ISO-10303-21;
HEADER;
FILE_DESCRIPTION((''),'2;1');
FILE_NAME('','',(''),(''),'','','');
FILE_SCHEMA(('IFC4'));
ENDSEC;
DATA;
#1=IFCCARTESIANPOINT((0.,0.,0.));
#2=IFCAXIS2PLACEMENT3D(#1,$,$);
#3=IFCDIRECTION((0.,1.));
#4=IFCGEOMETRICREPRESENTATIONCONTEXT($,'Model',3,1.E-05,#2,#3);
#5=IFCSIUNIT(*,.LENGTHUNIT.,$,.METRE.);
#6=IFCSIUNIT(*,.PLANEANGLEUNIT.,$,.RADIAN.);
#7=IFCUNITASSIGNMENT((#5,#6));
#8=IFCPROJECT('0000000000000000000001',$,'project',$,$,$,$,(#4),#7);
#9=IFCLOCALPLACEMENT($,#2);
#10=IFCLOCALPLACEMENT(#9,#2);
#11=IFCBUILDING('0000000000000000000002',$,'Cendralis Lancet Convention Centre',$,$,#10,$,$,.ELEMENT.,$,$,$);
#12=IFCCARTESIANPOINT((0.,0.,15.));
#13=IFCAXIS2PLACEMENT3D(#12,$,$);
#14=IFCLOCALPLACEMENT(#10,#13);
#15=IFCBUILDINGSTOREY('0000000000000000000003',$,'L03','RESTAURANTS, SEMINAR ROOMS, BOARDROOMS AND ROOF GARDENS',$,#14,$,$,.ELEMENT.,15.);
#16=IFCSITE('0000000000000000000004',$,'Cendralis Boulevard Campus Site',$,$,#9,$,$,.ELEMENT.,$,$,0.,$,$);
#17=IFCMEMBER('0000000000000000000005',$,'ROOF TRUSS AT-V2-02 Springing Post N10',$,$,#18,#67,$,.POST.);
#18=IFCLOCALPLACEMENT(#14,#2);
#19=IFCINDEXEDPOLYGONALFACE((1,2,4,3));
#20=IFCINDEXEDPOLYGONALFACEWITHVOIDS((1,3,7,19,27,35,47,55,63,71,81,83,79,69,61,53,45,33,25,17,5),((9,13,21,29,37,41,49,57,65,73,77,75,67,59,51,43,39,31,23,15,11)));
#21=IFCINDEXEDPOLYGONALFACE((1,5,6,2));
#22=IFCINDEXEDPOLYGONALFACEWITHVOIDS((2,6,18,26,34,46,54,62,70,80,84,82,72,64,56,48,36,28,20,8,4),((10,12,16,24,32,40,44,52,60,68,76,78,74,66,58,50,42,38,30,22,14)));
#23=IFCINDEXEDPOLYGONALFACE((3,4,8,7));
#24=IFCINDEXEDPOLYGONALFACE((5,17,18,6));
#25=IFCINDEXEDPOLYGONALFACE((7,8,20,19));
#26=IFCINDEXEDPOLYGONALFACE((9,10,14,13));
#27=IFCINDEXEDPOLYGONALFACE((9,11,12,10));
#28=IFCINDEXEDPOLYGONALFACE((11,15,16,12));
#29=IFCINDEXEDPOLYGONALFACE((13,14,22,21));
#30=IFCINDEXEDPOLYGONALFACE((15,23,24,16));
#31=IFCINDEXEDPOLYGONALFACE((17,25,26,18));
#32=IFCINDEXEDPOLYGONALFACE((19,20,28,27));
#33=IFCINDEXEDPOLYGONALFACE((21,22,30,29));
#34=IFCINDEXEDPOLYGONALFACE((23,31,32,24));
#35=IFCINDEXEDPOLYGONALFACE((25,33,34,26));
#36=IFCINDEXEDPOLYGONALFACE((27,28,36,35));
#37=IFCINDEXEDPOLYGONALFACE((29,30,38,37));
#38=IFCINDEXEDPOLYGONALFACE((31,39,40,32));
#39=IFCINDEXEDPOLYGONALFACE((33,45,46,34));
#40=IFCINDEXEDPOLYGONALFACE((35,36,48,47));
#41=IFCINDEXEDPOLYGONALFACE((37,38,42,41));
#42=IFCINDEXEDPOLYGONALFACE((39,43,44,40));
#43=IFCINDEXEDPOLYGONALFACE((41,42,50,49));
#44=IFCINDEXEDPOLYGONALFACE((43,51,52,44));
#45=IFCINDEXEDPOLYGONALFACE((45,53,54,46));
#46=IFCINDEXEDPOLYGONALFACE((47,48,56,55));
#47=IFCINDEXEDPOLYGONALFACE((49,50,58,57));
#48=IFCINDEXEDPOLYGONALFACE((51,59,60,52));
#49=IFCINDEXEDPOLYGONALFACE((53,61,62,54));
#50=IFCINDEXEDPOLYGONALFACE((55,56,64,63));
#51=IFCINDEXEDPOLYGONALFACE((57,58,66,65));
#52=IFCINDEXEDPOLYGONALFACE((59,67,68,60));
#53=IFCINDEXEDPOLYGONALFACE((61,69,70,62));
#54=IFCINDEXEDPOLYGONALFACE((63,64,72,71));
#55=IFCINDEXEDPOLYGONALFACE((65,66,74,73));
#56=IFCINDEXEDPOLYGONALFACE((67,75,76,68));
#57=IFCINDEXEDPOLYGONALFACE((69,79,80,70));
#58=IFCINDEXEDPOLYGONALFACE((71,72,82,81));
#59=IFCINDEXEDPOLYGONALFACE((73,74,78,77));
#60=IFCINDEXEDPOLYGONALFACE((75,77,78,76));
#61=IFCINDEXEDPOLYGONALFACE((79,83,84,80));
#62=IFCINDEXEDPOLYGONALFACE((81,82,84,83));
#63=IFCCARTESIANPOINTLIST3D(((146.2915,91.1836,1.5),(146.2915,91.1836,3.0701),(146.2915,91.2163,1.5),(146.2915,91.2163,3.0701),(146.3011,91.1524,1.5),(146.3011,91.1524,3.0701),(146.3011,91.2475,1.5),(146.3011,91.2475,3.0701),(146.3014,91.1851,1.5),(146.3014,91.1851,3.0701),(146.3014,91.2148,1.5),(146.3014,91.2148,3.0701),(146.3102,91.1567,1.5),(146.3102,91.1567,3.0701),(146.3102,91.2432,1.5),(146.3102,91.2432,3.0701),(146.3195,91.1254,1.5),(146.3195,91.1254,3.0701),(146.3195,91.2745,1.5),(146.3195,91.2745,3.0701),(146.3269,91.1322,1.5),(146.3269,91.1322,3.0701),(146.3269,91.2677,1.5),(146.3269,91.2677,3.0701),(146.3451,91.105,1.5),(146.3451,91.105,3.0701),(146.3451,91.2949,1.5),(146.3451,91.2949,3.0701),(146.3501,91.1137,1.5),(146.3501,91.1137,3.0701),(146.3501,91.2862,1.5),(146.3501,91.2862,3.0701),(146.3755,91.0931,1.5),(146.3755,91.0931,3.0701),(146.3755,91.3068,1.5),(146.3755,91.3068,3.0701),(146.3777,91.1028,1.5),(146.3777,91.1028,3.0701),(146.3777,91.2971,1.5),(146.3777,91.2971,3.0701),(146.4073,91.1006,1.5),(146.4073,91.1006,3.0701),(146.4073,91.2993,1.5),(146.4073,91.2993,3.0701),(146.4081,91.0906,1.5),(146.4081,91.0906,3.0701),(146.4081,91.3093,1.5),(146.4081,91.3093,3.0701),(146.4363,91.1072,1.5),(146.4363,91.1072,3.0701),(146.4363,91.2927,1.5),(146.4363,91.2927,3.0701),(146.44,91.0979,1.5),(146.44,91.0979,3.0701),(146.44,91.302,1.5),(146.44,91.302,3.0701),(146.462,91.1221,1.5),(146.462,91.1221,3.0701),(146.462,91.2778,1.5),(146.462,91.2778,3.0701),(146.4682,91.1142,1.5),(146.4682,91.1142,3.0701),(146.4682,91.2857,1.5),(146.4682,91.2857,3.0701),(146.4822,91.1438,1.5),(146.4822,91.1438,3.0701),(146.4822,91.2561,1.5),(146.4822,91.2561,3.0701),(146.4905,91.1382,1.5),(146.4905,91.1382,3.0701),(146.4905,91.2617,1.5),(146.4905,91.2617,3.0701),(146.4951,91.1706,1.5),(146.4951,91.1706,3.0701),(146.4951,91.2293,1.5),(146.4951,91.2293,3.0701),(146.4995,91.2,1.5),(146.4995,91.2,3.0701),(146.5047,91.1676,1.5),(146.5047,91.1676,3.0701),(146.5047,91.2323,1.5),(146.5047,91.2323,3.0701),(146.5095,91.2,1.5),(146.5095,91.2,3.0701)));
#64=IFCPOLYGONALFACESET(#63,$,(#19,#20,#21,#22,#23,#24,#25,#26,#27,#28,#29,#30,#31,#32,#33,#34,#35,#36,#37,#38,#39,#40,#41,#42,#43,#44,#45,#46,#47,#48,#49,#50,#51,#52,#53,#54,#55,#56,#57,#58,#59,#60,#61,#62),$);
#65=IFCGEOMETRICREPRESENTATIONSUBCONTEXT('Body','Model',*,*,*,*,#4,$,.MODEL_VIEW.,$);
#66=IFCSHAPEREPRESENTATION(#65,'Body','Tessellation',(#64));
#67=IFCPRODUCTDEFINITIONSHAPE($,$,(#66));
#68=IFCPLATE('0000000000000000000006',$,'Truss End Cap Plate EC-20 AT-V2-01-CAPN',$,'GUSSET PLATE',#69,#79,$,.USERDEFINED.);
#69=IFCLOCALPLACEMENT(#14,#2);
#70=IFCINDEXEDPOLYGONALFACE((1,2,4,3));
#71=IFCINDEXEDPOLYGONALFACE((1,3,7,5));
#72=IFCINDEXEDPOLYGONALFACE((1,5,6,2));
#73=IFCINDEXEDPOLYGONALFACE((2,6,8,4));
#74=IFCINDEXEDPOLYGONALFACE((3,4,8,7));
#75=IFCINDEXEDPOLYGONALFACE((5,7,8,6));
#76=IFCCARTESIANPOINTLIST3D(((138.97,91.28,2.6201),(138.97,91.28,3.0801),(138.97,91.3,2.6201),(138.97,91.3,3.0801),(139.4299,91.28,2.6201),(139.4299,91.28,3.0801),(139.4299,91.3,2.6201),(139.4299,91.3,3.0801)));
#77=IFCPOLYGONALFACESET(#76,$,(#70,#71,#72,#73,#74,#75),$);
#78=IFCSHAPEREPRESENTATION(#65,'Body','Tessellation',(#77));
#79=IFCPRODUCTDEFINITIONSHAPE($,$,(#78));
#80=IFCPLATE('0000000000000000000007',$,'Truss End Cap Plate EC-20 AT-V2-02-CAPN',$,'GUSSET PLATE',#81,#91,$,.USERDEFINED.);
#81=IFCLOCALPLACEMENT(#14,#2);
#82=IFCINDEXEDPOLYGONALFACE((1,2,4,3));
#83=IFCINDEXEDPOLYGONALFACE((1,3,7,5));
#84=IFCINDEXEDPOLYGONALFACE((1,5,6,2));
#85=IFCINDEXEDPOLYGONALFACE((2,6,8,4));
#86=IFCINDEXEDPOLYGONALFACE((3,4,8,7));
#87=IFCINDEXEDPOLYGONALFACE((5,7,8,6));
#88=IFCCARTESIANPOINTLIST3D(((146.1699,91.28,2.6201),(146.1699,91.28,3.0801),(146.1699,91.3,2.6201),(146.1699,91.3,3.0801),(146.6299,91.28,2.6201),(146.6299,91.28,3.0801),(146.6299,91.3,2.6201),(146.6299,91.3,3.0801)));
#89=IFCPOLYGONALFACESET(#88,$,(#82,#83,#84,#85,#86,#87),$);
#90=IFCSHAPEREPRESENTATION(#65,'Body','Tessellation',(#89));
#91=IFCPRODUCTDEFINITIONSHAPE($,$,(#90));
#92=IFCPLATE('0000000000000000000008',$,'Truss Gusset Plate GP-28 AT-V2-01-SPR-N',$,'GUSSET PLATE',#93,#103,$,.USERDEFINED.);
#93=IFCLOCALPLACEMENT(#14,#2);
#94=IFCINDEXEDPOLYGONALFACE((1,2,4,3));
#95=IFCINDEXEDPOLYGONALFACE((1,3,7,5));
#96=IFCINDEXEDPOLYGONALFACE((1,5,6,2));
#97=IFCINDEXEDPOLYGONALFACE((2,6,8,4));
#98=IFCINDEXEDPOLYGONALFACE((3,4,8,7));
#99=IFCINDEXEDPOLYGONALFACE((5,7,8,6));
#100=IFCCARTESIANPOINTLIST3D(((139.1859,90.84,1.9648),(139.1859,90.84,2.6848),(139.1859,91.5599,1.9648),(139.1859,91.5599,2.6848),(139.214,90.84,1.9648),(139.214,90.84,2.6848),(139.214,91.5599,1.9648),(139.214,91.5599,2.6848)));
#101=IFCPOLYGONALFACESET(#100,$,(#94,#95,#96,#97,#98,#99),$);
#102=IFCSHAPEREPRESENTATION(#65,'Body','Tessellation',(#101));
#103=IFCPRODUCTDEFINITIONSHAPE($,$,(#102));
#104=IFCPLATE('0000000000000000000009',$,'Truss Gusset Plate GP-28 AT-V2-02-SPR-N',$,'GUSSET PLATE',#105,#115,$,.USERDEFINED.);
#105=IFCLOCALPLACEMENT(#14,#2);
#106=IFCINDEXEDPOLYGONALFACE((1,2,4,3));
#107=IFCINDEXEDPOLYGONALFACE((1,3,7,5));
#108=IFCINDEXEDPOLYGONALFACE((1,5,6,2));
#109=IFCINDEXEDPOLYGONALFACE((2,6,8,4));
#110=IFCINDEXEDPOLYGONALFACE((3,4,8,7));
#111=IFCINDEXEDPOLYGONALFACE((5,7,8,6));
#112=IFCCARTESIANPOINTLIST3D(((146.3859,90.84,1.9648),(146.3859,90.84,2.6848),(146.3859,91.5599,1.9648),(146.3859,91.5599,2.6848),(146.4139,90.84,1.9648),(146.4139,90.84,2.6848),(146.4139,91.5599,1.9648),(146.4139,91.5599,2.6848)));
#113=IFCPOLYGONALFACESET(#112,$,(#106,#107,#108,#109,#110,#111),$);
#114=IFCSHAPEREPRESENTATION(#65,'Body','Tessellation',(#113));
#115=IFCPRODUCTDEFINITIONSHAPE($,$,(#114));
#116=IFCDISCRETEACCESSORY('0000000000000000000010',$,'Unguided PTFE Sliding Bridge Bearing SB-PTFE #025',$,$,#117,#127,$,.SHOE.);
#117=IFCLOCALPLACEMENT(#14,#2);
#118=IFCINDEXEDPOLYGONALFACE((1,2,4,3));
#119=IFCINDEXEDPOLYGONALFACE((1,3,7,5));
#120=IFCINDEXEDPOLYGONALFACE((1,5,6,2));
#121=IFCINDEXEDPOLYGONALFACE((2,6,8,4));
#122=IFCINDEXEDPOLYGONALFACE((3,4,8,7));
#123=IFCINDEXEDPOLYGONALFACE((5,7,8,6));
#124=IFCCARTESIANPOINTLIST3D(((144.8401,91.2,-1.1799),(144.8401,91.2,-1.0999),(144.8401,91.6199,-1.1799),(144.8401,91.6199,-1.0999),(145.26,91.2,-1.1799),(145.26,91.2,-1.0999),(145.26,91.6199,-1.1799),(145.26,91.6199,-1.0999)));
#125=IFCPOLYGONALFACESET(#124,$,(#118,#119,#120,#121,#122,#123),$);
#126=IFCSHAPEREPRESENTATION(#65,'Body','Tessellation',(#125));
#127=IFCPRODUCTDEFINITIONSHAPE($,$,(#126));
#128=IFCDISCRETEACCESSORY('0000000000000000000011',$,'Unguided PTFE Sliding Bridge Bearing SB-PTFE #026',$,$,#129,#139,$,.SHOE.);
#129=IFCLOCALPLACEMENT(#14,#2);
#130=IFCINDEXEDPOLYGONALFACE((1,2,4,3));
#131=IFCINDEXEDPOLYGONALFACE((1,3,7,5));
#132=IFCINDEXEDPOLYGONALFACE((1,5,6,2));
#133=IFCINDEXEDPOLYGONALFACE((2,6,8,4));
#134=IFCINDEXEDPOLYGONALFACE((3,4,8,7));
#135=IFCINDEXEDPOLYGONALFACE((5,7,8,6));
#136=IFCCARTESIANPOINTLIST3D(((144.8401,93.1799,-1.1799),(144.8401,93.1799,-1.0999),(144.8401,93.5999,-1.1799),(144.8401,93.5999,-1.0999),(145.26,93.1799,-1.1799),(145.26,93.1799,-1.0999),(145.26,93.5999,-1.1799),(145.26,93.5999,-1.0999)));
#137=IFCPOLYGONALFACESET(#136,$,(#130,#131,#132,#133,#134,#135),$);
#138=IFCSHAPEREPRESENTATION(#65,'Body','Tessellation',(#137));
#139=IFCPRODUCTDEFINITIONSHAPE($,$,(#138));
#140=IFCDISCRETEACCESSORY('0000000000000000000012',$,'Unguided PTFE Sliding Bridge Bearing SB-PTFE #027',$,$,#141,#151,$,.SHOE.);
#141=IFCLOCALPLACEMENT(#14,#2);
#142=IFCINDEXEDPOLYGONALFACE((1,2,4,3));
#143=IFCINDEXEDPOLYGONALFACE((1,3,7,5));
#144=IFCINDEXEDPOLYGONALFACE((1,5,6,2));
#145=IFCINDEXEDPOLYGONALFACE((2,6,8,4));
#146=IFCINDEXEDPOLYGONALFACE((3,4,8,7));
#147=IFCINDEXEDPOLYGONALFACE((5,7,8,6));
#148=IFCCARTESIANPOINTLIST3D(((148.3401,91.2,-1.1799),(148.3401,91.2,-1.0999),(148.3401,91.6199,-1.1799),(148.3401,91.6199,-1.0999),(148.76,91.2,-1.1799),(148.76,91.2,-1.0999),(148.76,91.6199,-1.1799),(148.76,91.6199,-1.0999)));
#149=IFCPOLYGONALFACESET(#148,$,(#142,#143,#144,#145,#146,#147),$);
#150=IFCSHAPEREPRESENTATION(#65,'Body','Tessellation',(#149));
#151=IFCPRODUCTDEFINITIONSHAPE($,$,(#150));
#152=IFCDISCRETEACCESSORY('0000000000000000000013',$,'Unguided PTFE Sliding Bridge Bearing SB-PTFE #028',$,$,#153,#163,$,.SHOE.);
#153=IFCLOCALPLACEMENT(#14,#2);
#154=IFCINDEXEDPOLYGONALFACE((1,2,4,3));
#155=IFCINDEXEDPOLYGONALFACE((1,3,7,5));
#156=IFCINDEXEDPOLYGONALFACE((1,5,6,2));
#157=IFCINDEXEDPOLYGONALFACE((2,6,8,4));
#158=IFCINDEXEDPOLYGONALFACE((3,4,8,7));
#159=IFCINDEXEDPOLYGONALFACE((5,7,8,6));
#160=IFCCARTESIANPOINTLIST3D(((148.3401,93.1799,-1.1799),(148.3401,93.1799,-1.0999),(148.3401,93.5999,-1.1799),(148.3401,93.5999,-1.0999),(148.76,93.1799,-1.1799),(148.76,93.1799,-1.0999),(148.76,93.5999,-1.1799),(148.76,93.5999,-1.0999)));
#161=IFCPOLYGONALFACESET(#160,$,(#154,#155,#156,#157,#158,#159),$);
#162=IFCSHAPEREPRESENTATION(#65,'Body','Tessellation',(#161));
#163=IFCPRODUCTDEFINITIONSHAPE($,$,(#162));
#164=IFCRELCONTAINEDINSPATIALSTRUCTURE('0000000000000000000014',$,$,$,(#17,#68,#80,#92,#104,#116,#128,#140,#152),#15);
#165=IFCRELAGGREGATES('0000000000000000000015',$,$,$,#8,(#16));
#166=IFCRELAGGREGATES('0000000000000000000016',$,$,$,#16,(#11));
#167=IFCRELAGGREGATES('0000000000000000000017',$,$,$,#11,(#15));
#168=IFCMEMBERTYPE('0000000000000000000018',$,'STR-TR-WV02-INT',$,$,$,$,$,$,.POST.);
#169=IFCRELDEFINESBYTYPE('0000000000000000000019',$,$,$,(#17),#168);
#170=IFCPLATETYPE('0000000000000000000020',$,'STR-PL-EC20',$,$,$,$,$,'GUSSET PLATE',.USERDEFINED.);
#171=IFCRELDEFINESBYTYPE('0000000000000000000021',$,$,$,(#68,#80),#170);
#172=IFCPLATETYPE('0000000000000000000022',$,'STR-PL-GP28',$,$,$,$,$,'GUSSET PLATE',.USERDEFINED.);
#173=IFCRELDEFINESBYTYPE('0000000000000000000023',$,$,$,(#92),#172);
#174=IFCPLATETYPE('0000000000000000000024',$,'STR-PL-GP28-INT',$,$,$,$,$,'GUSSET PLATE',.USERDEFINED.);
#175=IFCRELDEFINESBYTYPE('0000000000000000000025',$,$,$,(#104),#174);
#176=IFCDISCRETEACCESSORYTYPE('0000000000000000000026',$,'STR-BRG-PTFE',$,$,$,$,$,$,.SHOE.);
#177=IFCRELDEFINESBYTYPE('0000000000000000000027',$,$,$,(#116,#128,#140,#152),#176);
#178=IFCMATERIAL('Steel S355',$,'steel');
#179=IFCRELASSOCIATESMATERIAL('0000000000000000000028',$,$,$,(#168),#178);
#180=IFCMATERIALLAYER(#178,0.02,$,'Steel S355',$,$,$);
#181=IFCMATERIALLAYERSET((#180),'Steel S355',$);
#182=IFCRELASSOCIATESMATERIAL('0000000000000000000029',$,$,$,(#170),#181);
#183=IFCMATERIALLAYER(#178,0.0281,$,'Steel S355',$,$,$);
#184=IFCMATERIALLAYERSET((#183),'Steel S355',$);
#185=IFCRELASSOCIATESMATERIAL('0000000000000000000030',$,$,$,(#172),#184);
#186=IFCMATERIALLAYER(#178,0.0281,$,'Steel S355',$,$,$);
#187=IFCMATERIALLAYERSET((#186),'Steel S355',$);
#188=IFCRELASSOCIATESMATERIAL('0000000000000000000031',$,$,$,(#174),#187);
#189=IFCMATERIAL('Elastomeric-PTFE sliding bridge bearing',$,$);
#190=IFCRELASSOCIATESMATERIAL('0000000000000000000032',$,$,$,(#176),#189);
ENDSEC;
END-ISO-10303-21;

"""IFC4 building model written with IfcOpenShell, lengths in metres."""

from ifc_helpers import new_model, si_unit, direction, frame, origin, origin_2d, place, context, subcontext, project, spatial, rectangle, hollow_circle, extrude, material, layer, layer_set, material_profile, profile_set, type_object, element, save


model = new_model("IFC4")

# Units and contexts
model_context = context("Model", 3, precision=1e-05, world=origin(), true_north=direction((0.0, 1.0)))
body_context = subcontext(model_context, "Body", "Model", "MODEL_VIEW")
ifc_project = project(units=[si_unit("LENGTHUNIT", "METRE"), si_unit("PLANEANGLEUNIT", "RADIAN")], contexts=[model_context])

# Site, building, storey
site_placement = place(None, origin())
site = spatial("IfcSite", under=ifc_project, at=site_placement, Name="Cendralis Boulevard Campus Site", CompositionType="ELEMENT", RefElevation=0.0)
building_placement = place(site_placement, origin())
building = spatial("IfcBuilding", under=site, at=building_placement, Name="Cendralis Lancet Convention Centre", CompositionType="ELEMENT")
storey_placement = place(building_placement, frame((0.0, 0.0, 15.0)))
storey = spatial("IfcBuildingStorey", under=building, at=storey_placement, Name="L03", Description="RESTAURANTS, SEMINAR ROOMS, BOARDROOMS AND ROOF GARDENS", CompositionType="ELEMENT", Elevation=15.0)

# Shared definitions
ifc_material_1 = material(Name="Steel S355", Category="steel")

# Member
ifc_material_profile_1 = material_profile(ifc_material_1, hollow_circle(Radius=0.1096, WallThickness=0.01, at=origin_2d()), Name="CHS 219.1x10.0")
ifc_profile_set_1 = profile_set([ifc_material_profile_1], Name="Steel S355")
member_type_1 = type_object("IfcMemberType", Name="STR-TR-WV02-INT", PredefinedType="POST", material=ifc_profile_set_1)
member_1_placement = place(storey_placement, frame((146.3999, 91.2, 1.5), z_axis=(0.0, 0.0, 1.0), x_axis=(1.0, 0.0, 0.0)))
element("IfcMember", 1, at=member_1_placement, inside=storey, type_object=member_type_1, Name="ROOF TRUSS AT-V2-02 Springing Post N10", PredefinedType="POST", context=body_context, shape_type="SweptSolid", body=[
    extrude(hollow_circle(Radius=0.1096, WallThickness=0.01, at=origin_2d()), origin(), (0.0, 0.0, 1.0), 1.5701),
])

# Plates
ifc_layer_1 = layer(ifc_material_1, 0.02, Name="Steel S355")
ifc_layer_set_1 = layer_set([ifc_layer_1], Name="Steel S355")
plate_type_1 = type_object("IfcPlateType", Name="STR-PL-EC20", ElementType="GUSSET PLATE", PredefinedType="USERDEFINED", material=ifc_layer_set_1)
for number, where, z_axis, x_axis, name in (
    (2, (139.2, 91.29, 2.6201), (0.0, 0.0, 1.0), (1.0, 0.0, 0.0), "Truss End Cap Plate EC-20 AT-V2-01-CAPN"),
    (3, (146.3999, 91.29, 2.6201), (0.0, 0.0, 1.0), (1.0, 0.0, 0.0), "Truss End Cap Plate EC-20 AT-V2-02-CAPN"),
):
    element("IfcPlate", number, at=place(storey_placement, frame(where, z_axis=z_axis, x_axis=x_axis)), inside=storey, type_object=plate_type_1, Name=name, ObjectType="GUSSET PLATE", PredefinedType="USERDEFINED", context=body_context, shape_type="SweptSolid", body=[
        extrude(rectangle(XDim=0.46, YDim=0.02, at=origin_2d()), origin(), (0.0, 0.0, 1.0), 0.46),
    ])
ifc_layer_2 = layer(ifc_material_1, 0.0281, Name="Steel S355")
ifc_layer_set_2 = layer_set([ifc_layer_2], Name="Steel S355")
plate_type_2 = type_object("IfcPlateType", Name="STR-PL-GP28", ElementType="GUSSET PLATE", PredefinedType="USERDEFINED", material=ifc_layer_set_2)
plate_1_placement = place(storey_placement, frame((139.2, 91.2, 1.9648), z_axis=(0.0, 0.0, 1.0), x_axis=(0.0, 1.0, 0.0)))
element("IfcPlate", 4, at=plate_1_placement, inside=storey, type_object=plate_type_2, Name="Truss Gusset Plate GP-28 AT-V2-01-SPR-N", ObjectType="GUSSET PLATE", PredefinedType="USERDEFINED", context=body_context, shape_type="SweptSolid", body=[
    extrude(rectangle(XDim=0.72, YDim=0.0281, at=origin_2d()), origin(), (0.0, 0.0, 1.0), 0.72),
])
ifc_layer_3 = layer(ifc_material_1, 0.0281, Name="Steel S355")
ifc_layer_set_3 = layer_set([ifc_layer_3], Name="Steel S355")
plate_type_3 = type_object("IfcPlateType", Name="STR-PL-GP28-INT", ElementType="GUSSET PLATE", PredefinedType="USERDEFINED", material=ifc_layer_set_3)
plate_2_placement = place(storey_placement, frame((146.3999, 91.2, 1.9648), z_axis=(0.0, 0.0, 1.0), x_axis=(0.0, 1.0, 0.0)))
element("IfcPlate", 5, at=plate_2_placement, inside=storey, type_object=plate_type_3, Name="Truss Gusset Plate GP-28 AT-V2-02-SPR-N", ObjectType="GUSSET PLATE", PredefinedType="USERDEFINED", context=body_context, shape_type="SweptSolid", body=[
    extrude(rectangle(XDim=0.72, YDim=0.0281, at=origin_2d()), origin(), (0.0, 0.0, 1.0), 0.72),
])

# Discrete accessories
ifc_material_2 = material(Name="Elastomeric-PTFE sliding bridge bearing")
discrete_accessory_type = type_object("IfcDiscreteAccessoryType", Name="STR-BRG-PTFE", PredefinedType="SHOE", material=ifc_material_2)
for number, where, z_axis, x_axis, name in (
    (6, (145.05, 91.4099, -1.1799), (0.0, 0.0, 1.0), (1.0, 0.0, 0.0), "Unguided PTFE Sliding Bridge Bearing SB-PTFE #025"),
    (7, (145.05, 93.3899, -1.1799), (0.0, 0.0, 1.0), (1.0, 0.0, 0.0), "Unguided PTFE Sliding Bridge Bearing SB-PTFE #026"),
    (8, (148.55, 91.4099, -1.1799), (0.0, 0.0, 1.0), (1.0, 0.0, 0.0), "Unguided PTFE Sliding Bridge Bearing SB-PTFE #027"),
    (9, (148.55, 93.3899, -1.1799), (0.0, 0.0, 1.0), (1.0, 0.0, 0.0), "Unguided PTFE Sliding Bridge Bearing SB-PTFE #028"),
):
    element("IfcDiscreteAccessory", number, at=place(storey_placement, frame(where, z_axis=z_axis, x_axis=x_axis)), inside=storey, type_object=discrete_accessory_type, Name=name, PredefinedType="SHOE", context=body_context, shape_type="SweptSolid", body=[
        extrude(rectangle(XDim=0.4199, YDim=0.4199, at=origin_2d()), origin(), (0.0, 0.0, 1.0), 0.0801),
    ])

save(model, "model.ifc")
